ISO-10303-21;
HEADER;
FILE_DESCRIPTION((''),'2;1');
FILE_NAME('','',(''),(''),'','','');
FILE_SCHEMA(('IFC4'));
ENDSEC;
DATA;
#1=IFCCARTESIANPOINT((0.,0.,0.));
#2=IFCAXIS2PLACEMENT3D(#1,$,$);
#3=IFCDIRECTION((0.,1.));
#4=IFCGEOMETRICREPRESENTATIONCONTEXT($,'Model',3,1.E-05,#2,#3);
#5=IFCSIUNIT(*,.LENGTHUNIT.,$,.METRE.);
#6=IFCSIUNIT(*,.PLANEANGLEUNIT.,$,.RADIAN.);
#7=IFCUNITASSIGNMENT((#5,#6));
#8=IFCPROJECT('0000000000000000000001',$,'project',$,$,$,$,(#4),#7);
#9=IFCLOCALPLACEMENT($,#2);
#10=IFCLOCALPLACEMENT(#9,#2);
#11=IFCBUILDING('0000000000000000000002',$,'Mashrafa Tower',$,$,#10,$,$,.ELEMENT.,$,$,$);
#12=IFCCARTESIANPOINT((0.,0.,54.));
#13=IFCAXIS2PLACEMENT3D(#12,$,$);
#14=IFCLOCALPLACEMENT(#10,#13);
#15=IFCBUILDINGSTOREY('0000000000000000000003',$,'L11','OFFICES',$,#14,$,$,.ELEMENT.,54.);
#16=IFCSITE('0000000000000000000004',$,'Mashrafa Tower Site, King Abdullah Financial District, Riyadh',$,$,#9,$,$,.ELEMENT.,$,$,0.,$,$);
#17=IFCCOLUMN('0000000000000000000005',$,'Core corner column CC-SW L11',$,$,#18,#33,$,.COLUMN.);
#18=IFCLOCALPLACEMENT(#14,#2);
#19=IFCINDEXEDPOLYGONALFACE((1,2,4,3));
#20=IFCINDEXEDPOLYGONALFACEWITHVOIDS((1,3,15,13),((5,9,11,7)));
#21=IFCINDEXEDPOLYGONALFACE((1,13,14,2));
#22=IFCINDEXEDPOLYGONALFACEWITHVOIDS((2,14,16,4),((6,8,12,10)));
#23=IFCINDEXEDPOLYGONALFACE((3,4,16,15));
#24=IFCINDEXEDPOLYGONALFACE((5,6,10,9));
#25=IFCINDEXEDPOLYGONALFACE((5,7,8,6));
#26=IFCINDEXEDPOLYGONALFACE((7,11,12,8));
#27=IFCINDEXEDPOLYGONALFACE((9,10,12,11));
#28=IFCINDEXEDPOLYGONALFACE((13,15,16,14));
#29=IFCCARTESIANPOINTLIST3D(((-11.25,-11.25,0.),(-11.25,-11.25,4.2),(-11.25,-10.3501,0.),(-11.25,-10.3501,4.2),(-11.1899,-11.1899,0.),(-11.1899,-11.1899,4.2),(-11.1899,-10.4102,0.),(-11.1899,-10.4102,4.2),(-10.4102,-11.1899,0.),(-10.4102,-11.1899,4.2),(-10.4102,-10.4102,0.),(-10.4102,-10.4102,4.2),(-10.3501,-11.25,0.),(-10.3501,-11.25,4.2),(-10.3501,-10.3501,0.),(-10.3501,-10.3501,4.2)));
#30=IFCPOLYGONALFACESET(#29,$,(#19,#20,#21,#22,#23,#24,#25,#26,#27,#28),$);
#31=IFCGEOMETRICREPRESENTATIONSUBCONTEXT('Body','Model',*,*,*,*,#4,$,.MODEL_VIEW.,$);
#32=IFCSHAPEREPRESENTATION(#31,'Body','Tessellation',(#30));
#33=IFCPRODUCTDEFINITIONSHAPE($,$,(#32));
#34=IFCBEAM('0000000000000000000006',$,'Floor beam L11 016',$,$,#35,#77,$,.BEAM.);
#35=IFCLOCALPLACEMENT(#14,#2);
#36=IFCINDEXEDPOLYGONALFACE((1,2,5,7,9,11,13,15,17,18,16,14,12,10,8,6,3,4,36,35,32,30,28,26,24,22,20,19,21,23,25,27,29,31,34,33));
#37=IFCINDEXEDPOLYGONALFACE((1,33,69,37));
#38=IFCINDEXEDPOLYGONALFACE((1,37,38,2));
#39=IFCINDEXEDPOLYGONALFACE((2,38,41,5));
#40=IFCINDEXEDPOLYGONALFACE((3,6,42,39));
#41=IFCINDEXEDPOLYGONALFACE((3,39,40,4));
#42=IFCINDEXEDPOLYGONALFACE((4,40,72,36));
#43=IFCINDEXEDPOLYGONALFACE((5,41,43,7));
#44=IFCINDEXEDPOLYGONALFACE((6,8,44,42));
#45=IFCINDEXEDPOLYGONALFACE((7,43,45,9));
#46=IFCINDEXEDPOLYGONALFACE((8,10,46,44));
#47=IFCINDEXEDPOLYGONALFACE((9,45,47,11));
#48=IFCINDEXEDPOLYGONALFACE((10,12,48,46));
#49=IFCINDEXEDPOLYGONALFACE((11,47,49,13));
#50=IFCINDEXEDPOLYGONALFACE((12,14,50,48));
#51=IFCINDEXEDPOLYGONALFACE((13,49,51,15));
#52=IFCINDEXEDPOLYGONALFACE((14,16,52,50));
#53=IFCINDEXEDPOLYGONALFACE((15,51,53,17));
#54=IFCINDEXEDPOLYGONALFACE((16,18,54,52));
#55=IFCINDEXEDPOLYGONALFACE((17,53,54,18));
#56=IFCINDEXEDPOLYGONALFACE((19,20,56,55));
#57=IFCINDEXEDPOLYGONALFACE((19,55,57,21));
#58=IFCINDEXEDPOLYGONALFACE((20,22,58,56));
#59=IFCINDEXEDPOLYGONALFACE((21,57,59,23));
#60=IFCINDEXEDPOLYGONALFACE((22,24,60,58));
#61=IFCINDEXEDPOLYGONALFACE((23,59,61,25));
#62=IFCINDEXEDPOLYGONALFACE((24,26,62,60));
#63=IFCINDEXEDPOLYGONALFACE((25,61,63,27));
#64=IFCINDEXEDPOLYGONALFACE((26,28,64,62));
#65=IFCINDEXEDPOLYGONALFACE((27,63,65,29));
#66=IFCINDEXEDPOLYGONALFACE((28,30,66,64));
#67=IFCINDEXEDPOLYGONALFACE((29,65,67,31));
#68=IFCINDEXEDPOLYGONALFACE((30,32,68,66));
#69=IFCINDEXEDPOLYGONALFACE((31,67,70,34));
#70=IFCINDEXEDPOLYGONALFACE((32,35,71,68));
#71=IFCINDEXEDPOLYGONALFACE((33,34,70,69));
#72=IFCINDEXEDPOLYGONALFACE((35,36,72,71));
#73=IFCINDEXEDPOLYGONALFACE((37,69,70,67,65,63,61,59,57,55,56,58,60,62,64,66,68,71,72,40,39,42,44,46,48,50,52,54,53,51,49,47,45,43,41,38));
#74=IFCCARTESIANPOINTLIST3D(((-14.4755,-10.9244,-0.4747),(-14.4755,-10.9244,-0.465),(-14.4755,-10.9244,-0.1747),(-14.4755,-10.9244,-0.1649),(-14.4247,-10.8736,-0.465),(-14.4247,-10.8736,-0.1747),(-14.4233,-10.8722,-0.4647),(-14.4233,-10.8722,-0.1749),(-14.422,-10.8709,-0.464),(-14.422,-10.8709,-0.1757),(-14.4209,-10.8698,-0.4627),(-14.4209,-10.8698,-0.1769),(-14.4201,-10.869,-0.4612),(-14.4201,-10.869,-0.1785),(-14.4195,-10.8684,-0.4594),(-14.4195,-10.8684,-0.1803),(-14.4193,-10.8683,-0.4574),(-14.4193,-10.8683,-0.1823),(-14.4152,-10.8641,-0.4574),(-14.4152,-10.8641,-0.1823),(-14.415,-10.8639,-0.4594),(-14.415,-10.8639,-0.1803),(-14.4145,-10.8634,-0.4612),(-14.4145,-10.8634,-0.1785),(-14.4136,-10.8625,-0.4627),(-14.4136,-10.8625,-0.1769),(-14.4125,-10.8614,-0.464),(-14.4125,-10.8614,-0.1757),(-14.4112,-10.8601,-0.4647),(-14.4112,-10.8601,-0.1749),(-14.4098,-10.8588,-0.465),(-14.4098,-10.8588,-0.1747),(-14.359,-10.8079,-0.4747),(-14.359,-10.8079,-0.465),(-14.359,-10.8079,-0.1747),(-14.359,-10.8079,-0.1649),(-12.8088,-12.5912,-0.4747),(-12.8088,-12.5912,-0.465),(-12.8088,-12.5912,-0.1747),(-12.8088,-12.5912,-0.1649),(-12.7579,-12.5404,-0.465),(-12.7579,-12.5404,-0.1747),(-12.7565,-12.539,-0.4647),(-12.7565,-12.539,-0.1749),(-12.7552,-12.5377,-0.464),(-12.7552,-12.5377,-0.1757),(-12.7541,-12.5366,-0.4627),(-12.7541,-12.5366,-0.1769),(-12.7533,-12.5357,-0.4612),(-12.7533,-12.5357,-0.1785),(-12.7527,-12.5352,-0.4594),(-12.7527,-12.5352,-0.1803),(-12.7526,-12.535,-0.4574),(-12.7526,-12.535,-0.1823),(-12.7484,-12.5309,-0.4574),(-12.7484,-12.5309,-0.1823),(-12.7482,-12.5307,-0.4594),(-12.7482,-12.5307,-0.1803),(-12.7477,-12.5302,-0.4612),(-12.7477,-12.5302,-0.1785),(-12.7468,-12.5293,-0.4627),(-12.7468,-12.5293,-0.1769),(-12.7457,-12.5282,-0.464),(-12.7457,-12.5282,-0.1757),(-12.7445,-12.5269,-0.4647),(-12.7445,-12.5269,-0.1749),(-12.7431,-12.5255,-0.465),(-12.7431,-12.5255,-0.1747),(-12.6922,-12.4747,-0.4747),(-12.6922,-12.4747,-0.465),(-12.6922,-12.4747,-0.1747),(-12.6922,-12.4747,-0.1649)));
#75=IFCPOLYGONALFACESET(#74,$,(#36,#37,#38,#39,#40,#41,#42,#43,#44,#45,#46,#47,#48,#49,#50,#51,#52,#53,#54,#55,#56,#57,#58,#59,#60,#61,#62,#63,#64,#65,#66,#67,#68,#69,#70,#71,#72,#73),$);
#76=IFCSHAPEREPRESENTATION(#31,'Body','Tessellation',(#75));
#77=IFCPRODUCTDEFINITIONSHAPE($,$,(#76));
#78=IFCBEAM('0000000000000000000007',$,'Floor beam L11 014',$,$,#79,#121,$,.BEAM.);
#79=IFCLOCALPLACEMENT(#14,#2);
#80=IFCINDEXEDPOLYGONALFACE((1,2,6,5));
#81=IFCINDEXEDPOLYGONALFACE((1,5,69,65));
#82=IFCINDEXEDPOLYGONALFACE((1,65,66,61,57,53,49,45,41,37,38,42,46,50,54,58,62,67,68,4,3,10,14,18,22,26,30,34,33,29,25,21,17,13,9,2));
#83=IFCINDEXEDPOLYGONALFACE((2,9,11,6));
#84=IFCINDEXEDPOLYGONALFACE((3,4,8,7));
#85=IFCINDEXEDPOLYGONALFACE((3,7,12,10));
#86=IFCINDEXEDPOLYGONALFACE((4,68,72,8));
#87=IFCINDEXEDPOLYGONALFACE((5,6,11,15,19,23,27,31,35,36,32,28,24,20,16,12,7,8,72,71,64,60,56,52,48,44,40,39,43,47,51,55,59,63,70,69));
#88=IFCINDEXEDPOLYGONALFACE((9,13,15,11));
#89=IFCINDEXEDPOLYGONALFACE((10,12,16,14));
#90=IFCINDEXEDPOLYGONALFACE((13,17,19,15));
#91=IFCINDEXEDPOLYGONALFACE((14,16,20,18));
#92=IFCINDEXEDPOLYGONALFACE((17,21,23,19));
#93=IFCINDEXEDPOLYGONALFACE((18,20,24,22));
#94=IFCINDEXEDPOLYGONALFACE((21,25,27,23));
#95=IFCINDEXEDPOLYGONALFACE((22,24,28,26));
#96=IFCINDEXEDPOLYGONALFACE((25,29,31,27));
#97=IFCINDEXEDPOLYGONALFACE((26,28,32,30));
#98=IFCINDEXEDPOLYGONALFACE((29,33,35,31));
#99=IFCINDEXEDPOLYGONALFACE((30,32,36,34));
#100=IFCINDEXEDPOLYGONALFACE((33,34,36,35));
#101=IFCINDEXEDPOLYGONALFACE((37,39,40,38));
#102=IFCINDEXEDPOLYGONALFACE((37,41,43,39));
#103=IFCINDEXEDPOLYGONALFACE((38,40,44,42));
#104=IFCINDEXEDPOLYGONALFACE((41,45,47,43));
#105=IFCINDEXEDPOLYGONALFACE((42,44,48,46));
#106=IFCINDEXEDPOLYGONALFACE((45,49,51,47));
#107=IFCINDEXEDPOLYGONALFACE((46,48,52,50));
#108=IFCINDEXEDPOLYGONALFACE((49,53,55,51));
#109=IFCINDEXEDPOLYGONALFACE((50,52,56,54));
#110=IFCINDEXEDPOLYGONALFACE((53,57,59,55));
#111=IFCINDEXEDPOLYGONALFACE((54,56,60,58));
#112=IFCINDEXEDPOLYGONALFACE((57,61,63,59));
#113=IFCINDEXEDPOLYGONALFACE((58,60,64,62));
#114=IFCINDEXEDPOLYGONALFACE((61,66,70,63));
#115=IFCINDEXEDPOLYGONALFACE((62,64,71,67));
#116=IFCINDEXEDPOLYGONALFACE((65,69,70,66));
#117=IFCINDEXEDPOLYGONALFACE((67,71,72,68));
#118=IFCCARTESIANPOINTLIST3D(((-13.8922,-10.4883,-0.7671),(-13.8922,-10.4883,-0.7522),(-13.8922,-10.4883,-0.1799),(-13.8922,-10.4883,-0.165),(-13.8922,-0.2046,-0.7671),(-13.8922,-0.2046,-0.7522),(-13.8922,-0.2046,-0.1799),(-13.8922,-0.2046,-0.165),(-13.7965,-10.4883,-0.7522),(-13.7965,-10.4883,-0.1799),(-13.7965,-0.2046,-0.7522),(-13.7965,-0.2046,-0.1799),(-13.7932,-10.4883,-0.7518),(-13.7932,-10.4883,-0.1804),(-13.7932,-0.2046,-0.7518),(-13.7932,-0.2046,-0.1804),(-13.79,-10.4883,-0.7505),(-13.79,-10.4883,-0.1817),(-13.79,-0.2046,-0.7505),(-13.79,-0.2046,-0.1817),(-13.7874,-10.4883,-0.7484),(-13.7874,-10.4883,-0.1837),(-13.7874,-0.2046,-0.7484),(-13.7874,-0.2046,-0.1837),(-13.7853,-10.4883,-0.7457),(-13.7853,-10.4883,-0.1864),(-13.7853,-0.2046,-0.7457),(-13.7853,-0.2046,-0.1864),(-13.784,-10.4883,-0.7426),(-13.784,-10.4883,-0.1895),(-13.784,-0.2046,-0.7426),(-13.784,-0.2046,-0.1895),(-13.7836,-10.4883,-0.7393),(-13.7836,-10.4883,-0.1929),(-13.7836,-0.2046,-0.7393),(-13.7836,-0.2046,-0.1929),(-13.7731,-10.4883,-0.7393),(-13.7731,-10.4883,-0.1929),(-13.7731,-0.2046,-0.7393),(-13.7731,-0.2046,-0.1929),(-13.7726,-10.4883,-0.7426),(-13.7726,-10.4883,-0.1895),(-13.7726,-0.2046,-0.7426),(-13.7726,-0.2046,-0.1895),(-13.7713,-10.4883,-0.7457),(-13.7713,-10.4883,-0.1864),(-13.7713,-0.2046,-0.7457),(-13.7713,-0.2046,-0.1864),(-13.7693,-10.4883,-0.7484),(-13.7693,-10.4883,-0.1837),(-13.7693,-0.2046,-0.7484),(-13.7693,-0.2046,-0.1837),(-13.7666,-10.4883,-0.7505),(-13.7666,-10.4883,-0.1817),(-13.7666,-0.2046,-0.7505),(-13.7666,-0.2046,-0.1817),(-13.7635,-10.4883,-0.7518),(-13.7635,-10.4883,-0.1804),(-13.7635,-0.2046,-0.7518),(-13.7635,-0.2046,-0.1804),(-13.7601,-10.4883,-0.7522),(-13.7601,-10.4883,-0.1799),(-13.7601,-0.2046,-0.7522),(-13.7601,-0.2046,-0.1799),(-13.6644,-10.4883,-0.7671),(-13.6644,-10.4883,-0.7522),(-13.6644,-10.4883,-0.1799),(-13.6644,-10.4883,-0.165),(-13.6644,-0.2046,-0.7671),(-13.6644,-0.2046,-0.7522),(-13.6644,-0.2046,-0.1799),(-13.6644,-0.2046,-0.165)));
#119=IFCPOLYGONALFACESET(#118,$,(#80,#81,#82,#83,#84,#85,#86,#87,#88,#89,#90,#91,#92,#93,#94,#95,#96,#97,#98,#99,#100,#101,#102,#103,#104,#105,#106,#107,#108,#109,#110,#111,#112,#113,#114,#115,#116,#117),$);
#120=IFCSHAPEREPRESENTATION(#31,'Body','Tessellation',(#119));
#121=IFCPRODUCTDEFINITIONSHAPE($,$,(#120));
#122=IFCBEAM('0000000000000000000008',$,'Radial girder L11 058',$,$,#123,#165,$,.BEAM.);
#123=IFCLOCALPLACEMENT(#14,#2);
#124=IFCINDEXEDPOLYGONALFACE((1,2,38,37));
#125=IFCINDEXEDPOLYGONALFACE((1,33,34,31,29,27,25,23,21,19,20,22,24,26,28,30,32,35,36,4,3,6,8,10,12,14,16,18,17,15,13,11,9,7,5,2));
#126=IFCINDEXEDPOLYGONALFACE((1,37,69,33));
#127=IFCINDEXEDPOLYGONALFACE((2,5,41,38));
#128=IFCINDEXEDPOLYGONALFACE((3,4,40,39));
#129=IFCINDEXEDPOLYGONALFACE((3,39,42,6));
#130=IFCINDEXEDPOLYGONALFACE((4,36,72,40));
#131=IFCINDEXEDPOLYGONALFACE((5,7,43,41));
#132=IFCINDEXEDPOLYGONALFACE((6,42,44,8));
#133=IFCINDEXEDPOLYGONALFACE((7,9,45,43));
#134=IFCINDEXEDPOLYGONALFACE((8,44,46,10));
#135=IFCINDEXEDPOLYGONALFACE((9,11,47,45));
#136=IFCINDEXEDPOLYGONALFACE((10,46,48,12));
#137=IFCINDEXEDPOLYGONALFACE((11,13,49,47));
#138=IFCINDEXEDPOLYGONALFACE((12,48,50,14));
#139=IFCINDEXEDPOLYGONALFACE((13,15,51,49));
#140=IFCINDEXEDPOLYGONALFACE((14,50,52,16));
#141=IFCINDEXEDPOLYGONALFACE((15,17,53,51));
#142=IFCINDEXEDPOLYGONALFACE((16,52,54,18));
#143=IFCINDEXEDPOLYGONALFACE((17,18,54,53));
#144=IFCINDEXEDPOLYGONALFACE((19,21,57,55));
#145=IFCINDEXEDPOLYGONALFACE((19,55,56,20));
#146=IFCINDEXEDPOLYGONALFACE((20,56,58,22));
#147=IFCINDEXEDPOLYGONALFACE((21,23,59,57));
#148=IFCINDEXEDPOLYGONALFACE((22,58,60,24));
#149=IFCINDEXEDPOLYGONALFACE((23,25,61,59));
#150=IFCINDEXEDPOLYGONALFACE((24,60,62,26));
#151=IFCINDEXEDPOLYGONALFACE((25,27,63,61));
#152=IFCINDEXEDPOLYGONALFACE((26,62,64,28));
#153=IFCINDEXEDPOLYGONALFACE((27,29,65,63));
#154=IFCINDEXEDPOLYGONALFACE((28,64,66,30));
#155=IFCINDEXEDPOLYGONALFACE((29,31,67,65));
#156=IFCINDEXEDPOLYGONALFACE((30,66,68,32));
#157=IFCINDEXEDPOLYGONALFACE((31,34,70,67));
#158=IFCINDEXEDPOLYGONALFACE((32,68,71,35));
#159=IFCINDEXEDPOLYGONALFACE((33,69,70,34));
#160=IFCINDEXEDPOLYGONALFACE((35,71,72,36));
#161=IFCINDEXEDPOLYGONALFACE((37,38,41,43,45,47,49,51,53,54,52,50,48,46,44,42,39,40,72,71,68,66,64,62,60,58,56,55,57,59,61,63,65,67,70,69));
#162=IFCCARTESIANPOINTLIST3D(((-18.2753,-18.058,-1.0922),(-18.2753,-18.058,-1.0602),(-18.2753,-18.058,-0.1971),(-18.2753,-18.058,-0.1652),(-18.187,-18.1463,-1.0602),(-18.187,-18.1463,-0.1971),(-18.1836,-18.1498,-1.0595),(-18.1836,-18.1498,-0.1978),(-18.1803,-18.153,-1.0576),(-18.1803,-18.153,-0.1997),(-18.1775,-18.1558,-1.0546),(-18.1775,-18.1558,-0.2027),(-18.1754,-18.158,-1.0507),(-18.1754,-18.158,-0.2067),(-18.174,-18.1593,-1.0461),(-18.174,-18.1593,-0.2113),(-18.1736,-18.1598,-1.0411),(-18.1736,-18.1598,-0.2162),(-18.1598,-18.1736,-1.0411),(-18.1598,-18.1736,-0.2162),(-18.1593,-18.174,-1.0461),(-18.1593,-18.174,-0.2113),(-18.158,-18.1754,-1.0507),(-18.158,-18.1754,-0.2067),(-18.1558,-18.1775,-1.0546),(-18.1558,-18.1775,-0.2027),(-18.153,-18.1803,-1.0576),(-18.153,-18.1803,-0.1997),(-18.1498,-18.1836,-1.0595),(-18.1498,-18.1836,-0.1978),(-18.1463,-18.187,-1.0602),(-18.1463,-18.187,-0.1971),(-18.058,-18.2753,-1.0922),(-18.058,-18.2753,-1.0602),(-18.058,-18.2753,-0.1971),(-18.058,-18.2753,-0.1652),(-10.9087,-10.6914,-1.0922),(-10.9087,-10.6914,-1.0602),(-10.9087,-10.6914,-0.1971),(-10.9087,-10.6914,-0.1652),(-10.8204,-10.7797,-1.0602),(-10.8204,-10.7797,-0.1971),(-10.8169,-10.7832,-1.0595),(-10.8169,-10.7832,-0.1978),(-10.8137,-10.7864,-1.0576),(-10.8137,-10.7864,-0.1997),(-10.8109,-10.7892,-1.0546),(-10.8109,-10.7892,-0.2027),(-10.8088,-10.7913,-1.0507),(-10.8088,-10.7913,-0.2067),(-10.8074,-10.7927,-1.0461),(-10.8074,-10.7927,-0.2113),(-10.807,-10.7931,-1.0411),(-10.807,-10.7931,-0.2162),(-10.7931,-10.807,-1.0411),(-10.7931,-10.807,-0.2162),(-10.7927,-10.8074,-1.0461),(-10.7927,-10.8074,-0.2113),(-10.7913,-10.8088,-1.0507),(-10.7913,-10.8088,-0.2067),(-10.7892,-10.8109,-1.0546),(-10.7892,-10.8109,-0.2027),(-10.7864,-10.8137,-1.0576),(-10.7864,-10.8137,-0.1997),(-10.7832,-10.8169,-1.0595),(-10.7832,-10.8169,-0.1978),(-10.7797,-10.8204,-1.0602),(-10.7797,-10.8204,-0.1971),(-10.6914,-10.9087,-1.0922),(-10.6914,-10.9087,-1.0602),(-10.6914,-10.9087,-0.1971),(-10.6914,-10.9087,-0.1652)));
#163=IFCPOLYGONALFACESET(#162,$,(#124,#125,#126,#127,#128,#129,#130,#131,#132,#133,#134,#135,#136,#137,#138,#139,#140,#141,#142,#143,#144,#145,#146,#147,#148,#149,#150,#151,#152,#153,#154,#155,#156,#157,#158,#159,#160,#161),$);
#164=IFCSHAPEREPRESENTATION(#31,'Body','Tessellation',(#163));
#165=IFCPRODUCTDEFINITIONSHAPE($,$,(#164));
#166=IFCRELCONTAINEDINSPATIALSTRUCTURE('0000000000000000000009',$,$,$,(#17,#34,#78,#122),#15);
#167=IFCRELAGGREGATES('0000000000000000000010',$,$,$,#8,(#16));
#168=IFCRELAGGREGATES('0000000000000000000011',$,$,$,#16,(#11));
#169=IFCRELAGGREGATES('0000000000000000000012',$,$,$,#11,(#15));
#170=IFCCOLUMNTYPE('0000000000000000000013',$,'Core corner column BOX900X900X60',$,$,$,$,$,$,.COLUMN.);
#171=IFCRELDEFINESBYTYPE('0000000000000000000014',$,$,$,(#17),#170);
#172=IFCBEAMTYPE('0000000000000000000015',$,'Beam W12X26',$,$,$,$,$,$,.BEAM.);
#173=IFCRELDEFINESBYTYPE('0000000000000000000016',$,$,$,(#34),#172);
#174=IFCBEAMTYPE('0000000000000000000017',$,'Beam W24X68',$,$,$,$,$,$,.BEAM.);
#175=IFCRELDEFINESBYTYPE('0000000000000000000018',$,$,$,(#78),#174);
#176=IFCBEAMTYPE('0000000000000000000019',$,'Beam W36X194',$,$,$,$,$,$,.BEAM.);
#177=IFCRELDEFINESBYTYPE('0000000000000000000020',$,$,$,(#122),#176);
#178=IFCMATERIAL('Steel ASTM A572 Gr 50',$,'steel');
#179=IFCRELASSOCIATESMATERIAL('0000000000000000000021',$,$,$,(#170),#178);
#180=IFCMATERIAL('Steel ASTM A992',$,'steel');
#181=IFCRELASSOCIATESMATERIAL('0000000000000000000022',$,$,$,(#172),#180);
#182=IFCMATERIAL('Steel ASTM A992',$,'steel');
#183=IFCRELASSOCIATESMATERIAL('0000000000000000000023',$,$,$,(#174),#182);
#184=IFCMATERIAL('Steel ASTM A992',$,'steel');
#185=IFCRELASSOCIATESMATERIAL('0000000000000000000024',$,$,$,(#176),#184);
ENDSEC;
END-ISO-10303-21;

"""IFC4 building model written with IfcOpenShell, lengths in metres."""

from ifc_helpers import new_model, si_unit, direction, frame, origin, origin_2d, place, context, subcontext, project, spatial, hollow_rectangle, i_section, extrude, material, material_profile, profile_set, type_object, element, save


model = new_model("IFC4")

# Units and contexts
model_context = context("Model", 3, precision=1e-05, world=origin(), true_north=direction((0.0, 1.0)))
body_context = subcontext(model_context, "Body", "Model", "MODEL_VIEW")
ifc_project = project(units=[si_unit("LENGTHUNIT", "METRE"), si_unit("PLANEANGLEUNIT", "RADIAN")], contexts=[model_context])

# Site, building, storey
site_placement = place(None, origin())
site = spatial("IfcSite", under=ifc_project, at=site_placement, Name="Mashrafa Tower Site, King Abdullah Financial District, Riyadh", CompositionType="ELEMENT", RefElevation=0.0)
building_placement = place(site_placement, origin())
building = spatial("IfcBuilding", under=site, at=building_placement, Name="Mashrafa Tower", CompositionType="ELEMENT")
storey_placement = place(building_placement, frame((0.0, 0.0, 54.0)))
storey = spatial("IfcBuildingStorey", under=building, at=storey_placement, Name="L11", Description="OFFICES", CompositionType="ELEMENT", Elevation=54.0)

# Column
ifc_material_1 = material(Name="Steel ASTM A572 Gr 50", Category="steel")
ifc_material_profile_1 = material_profile(ifc_material_1, hollow_rectangle(XDim=0.8999, YDim=0.8999, WallThickness=0.0601, at=origin_2d()), Name="BOX900X900X60")
ifc_profile_set_1 = profile_set([ifc_material_profile_1], Name="Steel ASTM A572 Gr 50")
column_type = type_object("IfcColumnType", Name="Core corner column BOX900X900X60", PredefinedType="COLUMN", material=ifc_profile_set_1)
column_placement = place(storey_placement, frame((-10.8, -10.8, 0.0), z_axis=(0.0, 0.0, 1.0), x_axis=(1.0, 0.0, 0.0)))
element("IfcColumn", 1, at=column_placement, inside=storey, type_object=column_type, Name="Core corner column CC-SW L11", PredefinedType="COLUMN", context=body_context, shape_type="SweptSolid", body=[
    extrude(hollow_rectangle(XDim=0.8999, YDim=0.8999, WallThickness=0.0601, at=origin_2d()), origin(), (0.0, 0.0, 1.0), 4.2),
])

# Beams
ifc_material_2 = material(Name="Steel ASTM A992", Category="steel")
ifc_material_profile_2 = material_profile(ifc_material_2, i_section(OverallWidth=0.1648, OverallDepth=0.3098, WebThickness=0.0059, FlangeThickness=0.0098, FilletRadius=0.0076, at=origin_2d()), Name="W12X26")
ifc_profile_set_2 = profile_set([ifc_material_profile_2], Name="Steel ASTM A992")
beam_type_1 = type_object("IfcBeamType", Name="Beam W12X26", PredefinedType="BEAM", material=ifc_profile_set_2)
beam_1_placement = place(storey_placement, frame((-12.7505, -12.533, -0.3198), z_axis=(-0.707107, 0.707107, 0.0), x_axis=(-0.707107, -0.707107, 0.0)))
element("IfcBeam", 2, at=beam_1_placement, inside=storey, type_object=beam_type_1, Name="Floor beam L11 016", PredefinedType="BEAM", context=body_context, shape_type="SweptSolid", body=[
    extrude(i_section(OverallWidth=0.1648, OverallDepth=0.3098, WebThickness=0.0059, FlangeThickness=0.0098, FilletRadius=0.0076, at=origin_2d()), origin(), (0.0, 0.0, 1.0), 2.3572),
])
ifc_material_3 = material(Name="Steel ASTM A992", Category="steel")
ifc_material_profile_3 = material_profile(ifc_material_3, i_section(OverallWidth=0.2278, OverallDepth=0.6021, WebThickness=0.0105, FlangeThickness=0.0149, FilletRadius=0.0129, at=origin_2d()), Name="W24X68")
ifc_profile_set_3 = profile_set([ifc_material_profile_3], Name="Steel ASTM A992")
beam_type_2 = type_object("IfcBeamType", Name="Beam W24X68", PredefinedType="BEAM", material=ifc_profile_set_3)
beam_2_placement = place(storey_placement, frame((-13.7783, -10.4883, -0.4661), z_axis=(0.0, 1.0, 0.0), x_axis=(-1.0, 0.0, 0.0)))
element("IfcBeam", 3, at=beam_2_placement, inside=storey, type_object=beam_type_2, Name="Floor beam L11 014", PredefinedType="BEAM", context=body_context, shape_type="SweptSolid", body=[
    extrude(i_section(OverallWidth=0.2278, OverallDepth=0.6021, WebThickness=0.0105, FlangeThickness=0.0149, FilletRadius=0.0129, at=origin_2d()), origin(), (0.0, 0.0, 1.0), 10.2837),
])
ifc_material_4 = material(Name="Steel ASTM A992", Category="steel")
ifc_material_profile_4 = material_profile(ifc_material_4, i_section(OverallWidth=0.3074, OverallDepth=0.927, WebThickness=0.0195, FlangeThickness=0.032, FilletRadius=0.019, at=origin_2d()), Name="W36X194")
ifc_profile_set_4 = profile_set([ifc_material_profile_4], Name="Steel ASTM A992")
beam_type_3 = type_object("IfcBeamType", Name="Beam W36X194", PredefinedType="BEAM", material=ifc_profile_set_4)
beam_3_placement = place(storey_placement, frame((-10.8, -10.8, -0.6287), z_axis=(-0.707107, -0.707107, 0.0), x_axis=(0.707107, -0.707107, 0.0)))
element("IfcBeam", 4, at=beam_3_placement, inside=storey, type_object=beam_type_3, Name="Radial girder L11 058", PredefinedType="BEAM", context=body_context, shape_type="SweptSolid", body=[
    extrude(i_section(OverallWidth=0.3074, OverallDepth=0.927, WebThickness=0.0195, FlangeThickness=0.032, FilletRadius=0.019, at=origin_2d()), origin(), (0.0, 0.0, 1.0), 10.418),
])

save(model, "model.ifc")
